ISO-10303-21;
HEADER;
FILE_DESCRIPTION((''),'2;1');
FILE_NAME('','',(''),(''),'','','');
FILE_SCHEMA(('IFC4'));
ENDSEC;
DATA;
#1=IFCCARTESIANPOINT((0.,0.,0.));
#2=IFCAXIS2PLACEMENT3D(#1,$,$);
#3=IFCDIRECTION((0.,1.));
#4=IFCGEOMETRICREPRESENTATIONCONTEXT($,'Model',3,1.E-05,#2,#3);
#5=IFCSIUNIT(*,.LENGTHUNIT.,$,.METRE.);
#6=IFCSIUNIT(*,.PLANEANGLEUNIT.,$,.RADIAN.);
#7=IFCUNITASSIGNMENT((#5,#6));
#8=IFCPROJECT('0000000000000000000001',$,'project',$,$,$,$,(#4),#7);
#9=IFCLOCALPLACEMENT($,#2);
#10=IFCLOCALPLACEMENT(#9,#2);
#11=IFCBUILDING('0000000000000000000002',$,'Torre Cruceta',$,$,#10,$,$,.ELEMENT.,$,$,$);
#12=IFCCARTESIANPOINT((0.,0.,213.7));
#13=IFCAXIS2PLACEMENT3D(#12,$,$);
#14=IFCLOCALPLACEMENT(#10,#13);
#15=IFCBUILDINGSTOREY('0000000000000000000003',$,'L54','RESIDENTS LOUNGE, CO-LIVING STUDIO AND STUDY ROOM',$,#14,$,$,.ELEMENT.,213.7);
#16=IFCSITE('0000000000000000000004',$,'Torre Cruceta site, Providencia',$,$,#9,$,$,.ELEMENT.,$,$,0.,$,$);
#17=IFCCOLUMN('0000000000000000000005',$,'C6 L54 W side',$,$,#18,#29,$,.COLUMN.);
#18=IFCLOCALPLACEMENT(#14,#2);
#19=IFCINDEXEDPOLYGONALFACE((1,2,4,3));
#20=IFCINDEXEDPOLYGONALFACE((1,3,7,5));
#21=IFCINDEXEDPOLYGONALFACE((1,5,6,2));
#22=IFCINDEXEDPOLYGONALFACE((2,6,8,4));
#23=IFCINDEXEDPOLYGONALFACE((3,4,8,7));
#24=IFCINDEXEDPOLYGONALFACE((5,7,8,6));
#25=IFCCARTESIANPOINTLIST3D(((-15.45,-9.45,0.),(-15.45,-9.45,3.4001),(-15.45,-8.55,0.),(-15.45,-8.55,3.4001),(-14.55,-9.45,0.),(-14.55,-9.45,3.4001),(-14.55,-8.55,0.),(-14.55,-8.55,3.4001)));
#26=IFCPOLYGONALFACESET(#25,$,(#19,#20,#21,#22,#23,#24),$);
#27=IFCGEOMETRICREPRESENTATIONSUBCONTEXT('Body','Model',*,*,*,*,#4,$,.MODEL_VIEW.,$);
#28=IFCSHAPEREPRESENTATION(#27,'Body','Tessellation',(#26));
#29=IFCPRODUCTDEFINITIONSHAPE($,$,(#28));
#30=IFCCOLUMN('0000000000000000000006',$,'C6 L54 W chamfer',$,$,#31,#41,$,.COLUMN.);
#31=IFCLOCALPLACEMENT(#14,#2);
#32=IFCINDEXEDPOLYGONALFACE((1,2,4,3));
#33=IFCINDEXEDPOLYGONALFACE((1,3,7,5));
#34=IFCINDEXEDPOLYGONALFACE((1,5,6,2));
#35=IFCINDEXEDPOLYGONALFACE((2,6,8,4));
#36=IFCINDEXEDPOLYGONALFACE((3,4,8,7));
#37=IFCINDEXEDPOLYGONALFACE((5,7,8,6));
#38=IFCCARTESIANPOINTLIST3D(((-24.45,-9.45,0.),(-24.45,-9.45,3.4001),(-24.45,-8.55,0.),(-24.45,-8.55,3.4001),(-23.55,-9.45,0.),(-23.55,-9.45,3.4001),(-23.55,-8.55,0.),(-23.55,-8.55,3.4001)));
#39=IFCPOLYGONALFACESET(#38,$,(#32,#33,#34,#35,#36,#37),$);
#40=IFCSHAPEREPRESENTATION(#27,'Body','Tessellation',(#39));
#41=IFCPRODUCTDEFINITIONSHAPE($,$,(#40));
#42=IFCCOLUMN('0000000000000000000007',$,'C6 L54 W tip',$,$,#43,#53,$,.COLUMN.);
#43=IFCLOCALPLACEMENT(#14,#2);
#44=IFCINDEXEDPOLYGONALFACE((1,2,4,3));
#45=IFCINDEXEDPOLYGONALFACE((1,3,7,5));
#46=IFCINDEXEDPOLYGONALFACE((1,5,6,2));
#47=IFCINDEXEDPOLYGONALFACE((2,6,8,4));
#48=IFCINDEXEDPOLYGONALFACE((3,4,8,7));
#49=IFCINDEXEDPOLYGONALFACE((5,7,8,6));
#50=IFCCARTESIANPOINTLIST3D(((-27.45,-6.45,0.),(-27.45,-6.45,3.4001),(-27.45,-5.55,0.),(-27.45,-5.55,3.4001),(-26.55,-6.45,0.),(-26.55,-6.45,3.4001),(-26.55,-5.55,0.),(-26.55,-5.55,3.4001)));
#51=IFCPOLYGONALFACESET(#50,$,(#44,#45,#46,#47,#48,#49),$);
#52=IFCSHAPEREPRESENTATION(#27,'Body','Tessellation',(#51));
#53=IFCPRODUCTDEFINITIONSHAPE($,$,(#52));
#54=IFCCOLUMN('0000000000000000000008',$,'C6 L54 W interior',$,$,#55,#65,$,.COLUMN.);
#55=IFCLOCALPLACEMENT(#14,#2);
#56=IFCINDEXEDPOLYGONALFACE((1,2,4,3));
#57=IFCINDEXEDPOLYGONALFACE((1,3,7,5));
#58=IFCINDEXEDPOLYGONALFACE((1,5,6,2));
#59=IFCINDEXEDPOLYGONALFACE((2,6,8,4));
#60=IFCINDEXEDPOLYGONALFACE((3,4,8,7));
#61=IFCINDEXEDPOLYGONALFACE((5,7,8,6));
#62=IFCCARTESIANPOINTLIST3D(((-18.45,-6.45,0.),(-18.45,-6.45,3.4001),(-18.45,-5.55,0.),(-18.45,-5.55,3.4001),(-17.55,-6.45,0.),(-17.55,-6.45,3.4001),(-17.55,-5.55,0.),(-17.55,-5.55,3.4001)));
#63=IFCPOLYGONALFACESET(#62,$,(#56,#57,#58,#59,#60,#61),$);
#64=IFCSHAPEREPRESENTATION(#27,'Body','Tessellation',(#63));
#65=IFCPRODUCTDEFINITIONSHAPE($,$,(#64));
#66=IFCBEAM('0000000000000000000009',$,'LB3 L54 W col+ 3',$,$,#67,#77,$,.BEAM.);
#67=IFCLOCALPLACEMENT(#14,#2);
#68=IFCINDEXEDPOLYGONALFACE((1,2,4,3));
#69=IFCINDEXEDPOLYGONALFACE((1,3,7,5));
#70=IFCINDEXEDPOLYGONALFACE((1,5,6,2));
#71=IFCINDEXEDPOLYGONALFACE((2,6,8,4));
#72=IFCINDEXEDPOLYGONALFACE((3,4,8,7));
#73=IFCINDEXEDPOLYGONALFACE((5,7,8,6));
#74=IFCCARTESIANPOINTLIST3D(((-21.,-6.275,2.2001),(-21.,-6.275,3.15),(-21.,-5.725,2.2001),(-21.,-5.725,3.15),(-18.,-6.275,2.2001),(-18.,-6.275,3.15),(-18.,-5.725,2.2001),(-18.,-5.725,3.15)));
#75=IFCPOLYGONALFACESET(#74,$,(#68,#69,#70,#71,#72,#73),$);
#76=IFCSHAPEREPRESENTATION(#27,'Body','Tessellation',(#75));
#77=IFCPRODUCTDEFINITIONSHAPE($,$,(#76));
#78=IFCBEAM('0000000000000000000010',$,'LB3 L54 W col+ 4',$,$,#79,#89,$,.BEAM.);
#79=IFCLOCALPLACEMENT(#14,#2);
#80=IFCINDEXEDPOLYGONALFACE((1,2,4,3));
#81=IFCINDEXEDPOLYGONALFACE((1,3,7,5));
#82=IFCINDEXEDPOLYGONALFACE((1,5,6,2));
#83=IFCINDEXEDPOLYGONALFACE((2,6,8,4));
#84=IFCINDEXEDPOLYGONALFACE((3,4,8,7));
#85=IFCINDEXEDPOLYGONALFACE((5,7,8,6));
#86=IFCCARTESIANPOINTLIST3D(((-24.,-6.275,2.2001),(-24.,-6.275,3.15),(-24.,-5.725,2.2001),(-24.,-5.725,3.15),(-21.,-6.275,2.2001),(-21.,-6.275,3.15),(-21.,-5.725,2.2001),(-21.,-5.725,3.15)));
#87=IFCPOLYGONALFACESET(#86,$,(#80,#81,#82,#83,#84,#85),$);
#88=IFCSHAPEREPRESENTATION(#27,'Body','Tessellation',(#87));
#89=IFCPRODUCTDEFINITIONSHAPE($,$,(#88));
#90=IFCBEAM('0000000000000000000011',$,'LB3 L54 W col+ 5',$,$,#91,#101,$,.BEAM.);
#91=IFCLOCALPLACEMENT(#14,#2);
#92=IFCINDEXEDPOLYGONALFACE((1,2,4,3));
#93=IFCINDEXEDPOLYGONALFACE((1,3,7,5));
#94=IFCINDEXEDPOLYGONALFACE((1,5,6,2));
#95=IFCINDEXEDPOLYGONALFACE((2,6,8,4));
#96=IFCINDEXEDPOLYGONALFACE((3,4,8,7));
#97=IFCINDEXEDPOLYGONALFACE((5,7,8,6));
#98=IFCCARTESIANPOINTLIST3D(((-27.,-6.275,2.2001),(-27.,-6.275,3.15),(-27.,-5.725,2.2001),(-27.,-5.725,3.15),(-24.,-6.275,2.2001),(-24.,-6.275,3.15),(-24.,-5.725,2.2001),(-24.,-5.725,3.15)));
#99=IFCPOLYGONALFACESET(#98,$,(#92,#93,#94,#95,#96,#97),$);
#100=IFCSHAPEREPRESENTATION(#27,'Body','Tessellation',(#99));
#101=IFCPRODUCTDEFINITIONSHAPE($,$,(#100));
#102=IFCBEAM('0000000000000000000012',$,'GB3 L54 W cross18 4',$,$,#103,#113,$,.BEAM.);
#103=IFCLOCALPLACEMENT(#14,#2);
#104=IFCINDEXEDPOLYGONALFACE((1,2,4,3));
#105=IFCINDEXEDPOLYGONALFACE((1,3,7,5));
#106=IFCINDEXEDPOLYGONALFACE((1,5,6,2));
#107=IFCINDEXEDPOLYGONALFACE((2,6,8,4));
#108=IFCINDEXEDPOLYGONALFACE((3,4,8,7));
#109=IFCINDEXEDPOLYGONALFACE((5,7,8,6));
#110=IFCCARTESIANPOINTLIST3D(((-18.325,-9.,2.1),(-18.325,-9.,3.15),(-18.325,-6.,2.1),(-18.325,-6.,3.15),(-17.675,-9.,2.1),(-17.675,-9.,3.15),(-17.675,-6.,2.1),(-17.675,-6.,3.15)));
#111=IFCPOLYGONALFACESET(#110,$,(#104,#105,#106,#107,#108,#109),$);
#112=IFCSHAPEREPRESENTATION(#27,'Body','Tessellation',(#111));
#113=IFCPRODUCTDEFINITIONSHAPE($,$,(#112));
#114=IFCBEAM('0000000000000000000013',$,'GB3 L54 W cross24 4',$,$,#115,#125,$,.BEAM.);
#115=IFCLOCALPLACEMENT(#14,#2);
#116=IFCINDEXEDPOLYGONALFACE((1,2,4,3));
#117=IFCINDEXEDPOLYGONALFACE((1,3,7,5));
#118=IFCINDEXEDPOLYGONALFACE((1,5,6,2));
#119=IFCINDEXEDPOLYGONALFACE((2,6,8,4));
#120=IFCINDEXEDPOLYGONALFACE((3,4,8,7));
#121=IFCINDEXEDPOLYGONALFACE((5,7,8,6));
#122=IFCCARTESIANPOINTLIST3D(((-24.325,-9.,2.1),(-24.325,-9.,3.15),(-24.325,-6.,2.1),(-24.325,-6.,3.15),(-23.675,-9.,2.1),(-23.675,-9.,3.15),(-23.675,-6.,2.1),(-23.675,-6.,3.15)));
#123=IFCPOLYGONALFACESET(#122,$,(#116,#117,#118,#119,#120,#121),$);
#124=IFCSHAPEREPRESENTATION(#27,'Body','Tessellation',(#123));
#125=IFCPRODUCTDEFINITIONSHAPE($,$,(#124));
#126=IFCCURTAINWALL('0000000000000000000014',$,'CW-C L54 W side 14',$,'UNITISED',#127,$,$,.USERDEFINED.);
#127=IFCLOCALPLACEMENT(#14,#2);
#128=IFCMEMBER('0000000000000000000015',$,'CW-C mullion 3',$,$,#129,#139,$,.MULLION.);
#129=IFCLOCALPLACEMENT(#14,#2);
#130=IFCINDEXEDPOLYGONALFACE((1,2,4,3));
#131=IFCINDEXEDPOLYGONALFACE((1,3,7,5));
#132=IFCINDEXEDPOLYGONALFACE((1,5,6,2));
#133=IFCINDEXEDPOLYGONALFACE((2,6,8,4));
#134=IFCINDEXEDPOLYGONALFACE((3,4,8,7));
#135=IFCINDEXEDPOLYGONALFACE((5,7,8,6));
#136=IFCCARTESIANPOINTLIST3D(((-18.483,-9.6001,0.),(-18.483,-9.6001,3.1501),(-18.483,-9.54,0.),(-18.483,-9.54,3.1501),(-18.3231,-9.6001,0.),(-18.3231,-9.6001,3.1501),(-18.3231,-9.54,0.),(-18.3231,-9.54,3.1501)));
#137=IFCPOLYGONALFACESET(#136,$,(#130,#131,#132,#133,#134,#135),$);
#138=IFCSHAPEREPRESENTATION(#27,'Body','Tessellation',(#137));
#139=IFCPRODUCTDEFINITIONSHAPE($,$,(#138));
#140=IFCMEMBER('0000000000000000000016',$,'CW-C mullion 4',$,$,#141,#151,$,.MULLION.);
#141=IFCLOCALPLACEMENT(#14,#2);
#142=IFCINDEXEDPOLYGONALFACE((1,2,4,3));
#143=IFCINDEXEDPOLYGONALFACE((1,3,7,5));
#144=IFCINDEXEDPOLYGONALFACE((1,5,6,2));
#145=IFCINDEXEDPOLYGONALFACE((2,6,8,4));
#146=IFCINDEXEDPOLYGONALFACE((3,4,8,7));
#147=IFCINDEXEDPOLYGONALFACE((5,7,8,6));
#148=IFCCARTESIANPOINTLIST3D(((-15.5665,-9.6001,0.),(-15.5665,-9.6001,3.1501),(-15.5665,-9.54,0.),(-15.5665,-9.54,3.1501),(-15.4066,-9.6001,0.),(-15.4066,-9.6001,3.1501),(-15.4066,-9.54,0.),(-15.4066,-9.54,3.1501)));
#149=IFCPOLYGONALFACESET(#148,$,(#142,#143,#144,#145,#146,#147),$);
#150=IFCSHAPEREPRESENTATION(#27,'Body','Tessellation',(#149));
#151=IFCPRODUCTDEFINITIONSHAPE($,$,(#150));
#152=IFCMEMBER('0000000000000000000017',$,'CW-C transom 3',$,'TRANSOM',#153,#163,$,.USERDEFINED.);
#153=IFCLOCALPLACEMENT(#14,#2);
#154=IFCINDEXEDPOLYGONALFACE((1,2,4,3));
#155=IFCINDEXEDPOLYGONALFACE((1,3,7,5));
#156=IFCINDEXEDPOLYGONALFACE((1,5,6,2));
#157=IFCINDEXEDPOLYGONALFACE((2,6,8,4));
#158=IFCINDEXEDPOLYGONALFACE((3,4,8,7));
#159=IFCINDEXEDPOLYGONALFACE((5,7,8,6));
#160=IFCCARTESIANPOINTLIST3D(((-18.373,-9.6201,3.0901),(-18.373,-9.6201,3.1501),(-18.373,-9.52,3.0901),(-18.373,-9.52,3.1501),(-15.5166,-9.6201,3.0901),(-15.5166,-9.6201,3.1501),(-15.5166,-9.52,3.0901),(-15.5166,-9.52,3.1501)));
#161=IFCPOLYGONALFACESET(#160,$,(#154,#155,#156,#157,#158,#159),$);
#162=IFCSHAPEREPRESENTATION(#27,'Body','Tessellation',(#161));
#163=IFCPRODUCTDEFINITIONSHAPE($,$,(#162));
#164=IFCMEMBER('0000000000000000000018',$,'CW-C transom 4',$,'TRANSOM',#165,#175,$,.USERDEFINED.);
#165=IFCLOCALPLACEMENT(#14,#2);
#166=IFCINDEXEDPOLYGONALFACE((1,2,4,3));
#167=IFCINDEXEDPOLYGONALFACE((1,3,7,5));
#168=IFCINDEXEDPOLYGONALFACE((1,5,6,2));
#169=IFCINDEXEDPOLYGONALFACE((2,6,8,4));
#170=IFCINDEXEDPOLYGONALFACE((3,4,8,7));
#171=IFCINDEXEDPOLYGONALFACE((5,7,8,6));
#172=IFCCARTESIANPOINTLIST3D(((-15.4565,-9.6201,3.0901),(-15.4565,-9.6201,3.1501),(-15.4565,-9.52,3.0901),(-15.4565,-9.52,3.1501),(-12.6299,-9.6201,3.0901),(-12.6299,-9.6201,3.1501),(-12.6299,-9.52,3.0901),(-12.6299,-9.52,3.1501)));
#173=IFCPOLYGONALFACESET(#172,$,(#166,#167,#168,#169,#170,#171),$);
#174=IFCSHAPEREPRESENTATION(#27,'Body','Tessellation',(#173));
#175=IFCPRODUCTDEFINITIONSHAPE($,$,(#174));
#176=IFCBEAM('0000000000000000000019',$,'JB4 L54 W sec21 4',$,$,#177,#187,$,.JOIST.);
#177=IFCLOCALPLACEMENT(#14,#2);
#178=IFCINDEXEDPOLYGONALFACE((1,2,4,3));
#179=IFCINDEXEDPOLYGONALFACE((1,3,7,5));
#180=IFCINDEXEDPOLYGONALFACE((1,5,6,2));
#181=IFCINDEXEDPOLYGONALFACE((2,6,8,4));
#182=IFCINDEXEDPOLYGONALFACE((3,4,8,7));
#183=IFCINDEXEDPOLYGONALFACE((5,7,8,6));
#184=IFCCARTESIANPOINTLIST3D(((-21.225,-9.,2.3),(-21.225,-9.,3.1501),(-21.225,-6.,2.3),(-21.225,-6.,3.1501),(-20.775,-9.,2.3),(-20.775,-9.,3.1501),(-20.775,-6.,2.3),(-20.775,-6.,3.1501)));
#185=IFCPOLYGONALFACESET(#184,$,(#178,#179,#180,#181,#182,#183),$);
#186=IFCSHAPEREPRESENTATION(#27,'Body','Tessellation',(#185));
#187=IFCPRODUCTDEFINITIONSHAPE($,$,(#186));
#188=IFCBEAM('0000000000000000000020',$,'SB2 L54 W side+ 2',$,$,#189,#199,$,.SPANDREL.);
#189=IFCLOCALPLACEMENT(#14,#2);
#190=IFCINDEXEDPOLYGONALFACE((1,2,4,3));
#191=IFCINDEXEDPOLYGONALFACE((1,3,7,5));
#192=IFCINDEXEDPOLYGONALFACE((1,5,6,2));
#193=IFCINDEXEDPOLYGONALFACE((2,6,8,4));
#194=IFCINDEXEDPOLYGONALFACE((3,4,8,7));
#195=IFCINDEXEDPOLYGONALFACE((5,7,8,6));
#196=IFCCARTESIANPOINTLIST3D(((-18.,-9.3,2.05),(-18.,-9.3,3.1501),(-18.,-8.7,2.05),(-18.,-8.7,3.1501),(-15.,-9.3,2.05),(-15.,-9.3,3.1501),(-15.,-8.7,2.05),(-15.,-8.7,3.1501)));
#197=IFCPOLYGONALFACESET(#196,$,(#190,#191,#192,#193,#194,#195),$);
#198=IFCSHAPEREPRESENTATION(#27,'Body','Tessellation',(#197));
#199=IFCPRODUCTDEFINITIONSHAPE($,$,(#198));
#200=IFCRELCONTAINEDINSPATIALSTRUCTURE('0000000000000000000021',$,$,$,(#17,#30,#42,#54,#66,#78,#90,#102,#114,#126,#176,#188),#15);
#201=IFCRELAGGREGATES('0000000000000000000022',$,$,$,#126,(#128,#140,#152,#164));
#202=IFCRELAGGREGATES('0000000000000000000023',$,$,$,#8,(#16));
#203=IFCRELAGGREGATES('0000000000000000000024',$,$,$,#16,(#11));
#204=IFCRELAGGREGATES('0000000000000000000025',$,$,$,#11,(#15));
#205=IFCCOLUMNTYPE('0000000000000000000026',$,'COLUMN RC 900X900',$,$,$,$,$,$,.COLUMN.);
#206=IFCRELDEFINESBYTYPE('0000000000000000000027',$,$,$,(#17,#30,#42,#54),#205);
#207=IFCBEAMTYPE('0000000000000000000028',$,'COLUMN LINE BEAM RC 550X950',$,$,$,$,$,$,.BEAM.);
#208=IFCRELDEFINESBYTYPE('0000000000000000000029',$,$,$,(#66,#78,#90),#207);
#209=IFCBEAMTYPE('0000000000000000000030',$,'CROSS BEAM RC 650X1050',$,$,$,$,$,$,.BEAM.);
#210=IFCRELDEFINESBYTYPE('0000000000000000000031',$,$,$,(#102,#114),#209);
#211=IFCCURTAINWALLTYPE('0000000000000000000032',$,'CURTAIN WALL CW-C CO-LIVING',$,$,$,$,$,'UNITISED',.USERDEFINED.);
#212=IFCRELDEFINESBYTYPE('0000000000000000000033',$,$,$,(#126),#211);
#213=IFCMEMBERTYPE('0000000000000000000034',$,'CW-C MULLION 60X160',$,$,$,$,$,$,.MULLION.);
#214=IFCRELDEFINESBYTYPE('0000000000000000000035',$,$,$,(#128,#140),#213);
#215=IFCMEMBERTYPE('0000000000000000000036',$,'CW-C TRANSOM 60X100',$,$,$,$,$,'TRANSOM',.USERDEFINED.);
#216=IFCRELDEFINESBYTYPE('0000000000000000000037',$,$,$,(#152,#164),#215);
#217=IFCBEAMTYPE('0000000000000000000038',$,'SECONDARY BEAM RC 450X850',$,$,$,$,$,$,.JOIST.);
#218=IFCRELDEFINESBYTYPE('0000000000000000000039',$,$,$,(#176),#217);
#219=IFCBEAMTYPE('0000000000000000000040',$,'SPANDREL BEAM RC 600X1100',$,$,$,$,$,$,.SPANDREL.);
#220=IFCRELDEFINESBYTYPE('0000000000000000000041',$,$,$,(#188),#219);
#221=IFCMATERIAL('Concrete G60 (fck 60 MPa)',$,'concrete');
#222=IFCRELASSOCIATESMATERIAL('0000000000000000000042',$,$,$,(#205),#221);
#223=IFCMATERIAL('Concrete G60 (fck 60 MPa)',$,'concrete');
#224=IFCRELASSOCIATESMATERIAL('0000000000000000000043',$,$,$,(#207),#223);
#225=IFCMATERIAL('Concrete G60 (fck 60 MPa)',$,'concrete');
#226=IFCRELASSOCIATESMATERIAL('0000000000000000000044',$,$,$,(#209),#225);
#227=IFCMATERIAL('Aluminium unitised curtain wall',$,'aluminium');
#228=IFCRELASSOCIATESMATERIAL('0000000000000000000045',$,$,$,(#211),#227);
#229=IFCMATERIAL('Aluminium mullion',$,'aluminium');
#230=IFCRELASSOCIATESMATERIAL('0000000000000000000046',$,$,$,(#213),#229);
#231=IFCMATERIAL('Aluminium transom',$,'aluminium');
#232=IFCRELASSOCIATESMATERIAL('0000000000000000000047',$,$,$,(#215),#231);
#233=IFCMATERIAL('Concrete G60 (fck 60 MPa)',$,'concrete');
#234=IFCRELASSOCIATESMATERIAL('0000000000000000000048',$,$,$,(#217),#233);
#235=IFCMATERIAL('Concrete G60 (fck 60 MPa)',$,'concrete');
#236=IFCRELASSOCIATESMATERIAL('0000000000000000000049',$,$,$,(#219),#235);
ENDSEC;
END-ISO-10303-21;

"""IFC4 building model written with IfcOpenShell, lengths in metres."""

from ifc_helpers import new_model, si_unit, direction, frame, origin, origin_2d, place, context, subcontext, project, spatial, rectangle, extrude, material, material_profile, profile_set, type_object, element, aggregate, save


model = new_model("IFC4")

# Units and contexts
model_context = context("Model", 3, precision=1e-05, world=origin(), true_north=direction((0.0, 1.0)))
body_context = subcontext(model_context, "Body", "Model", "MODEL_VIEW")
ifc_project = project(units=[si_unit("LENGTHUNIT", "METRE"), si_unit("PLANEANGLEUNIT", "RADIAN")], contexts=[model_context])

# Site, building, storey
site_placement = place(None, origin())
site = spatial("IfcSite", under=ifc_project, at=site_placement, Name="Torre Cruceta site, Providencia", CompositionType="ELEMENT", RefElevation=0.0)
building_placement = place(site_placement, origin())
building = spatial("IfcBuilding", under=site, at=building_placement, Name="Torre Cruceta", CompositionType="ELEMENT")
storey_placement = place(building_placement, frame((0.0, 0.0, 213.7)))
storey = spatial("IfcBuildingStorey", under=building, at=storey_placement, Name="L54", Description="RESIDENTS LOUNGE, CO-LIVING STUDIO AND STUDY ROOM", CompositionType="ELEMENT", Elevation=213.7)

# Columns
ifc_material_1 = material(Name="Concrete G60 (fck 60 MPa)", Category="concrete")
ifc_material_profile_1 = material_profile(ifc_material_1, rectangle(XDim=0.8999, YDim=0.8999, at=origin_2d()), Name="RC 900X900")
ifc_profile_set_1 = profile_set([ifc_material_profile_1], Name="Concrete G60 (fck 60 MPa)")
column_type = type_object("IfcColumnType", Name="COLUMN RC 900X900", PredefinedType="COLUMN", material=ifc_profile_set_1)
for number, where, z_axis, x_axis, name in (
    (1, (-15.0, -9.0, 0.0), (0.0, 0.0, 1.0), (1.0, 0.0, 0.0), "C6 L54 W side"),
    (2, (-24.0, -9.0, 0.0), (0.0, 0.0, 1.0), (1.0, 0.0, 0.0), "C6 L54 W chamfer"),
    (3, (-27.0, -6.0, 0.0), (0.0, 0.0, 1.0), (1.0, 0.0, 0.0), "C6 L54 W tip"),
    (4, (-18.0, -6.0, 0.0), (0.0, 0.0, 1.0), (1.0, 0.0, 0.0), "C6 L54 W interior"),
):
    element("IfcColumn", number, at=place(storey_placement, frame(where, z_axis=z_axis, x_axis=x_axis)), inside=storey, type_object=column_type, Name=name, PredefinedType="COLUMN", context=body_context, shape_type="SweptSolid", body=[
        extrude(rectangle(XDim=0.8999, YDim=0.8999, at=origin_2d()), origin(), (0.0, 0.0, 1.0), 3.4001),
    ])

# Beams
ifc_material_2 = material(Name="Concrete G60 (fck 60 MPa)", Category="concrete")
ifc_material_profile_2 = material_profile(ifc_material_2, rectangle(XDim=0.55, YDim=0.95, at=origin_2d()), Name="RC 550X950")
ifc_profile_set_2 = profile_set([ifc_material_profile_2], Name="Concrete G60 (fck 60 MPa)")
beam_type_1 = type_object("IfcBeamType", Name="COLUMN LINE BEAM RC 550X950", PredefinedType="BEAM", material=ifc_profile_set_2)
for number, where, z_axis, x_axis, name in (
    (5, (-18.0, -6.0, 2.675), (-1.0, 0.0, 0.0), (0.0, -1.0, 0.0), "LB3 L54 W col+ 3"),
    (6, (-21.0, -6.0, 2.675), (-1.0, 0.0, 0.0), (0.0, -1.0, 0.0), "LB3 L54 W col+ 4"),
    (7, (-24.0, -6.0, 2.675), (-1.0, 0.0, 0.0), (0.0, -1.0, 0.0), "LB3 L54 W col+ 5"),
):
    element("IfcBeam", number, at=place(storey_placement, frame(where, z_axis=z_axis, x_axis=x_axis)), inside=storey, type_object=beam_type_1, Name=name, PredefinedType="BEAM", context=body_context, shape_type="SweptSolid", body=[
        extrude(rectangle(XDim=0.55, YDim=0.95, at=origin_2d()), origin(), (0.0, 0.0, 1.0), 3.0),
    ])
ifc_material_3 = material(Name="Concrete G60 (fck 60 MPa)", Category="concrete")
ifc_material_profile_3 = material_profile(ifc_material_3, rectangle(XDim=0.6499, YDim=1.05, at=origin_2d()), Name="RC 650X1050")
ifc_profile_set_3 = profile_set([ifc_material_profile_3], Name="Concrete G60 (fck 60 MPa)")
beam_type_2 = type_object("IfcBeamType", Name="CROSS BEAM RC 650X1050", PredefinedType="BEAM", material=ifc_profile_set_3)
for number, where, z_axis, x_axis, name in (
    (8, (-18.0, -6.0, 2.625), (0.0, -1.0, 0.0), (1.0, 0.0, 0.0), "GB3 L54 W cross18 4"),
    (9, (-24.0, -6.0, 2.625), (0.0, -1.0, 0.0), (1.0, 0.0, 0.0), "GB3 L54 W cross24 4"),
):
    element("IfcBeam", number, at=place(storey_placement, frame(where, z_axis=z_axis, x_axis=x_axis)), inside=storey, type_object=beam_type_2, Name=name, PredefinedType="BEAM", context=body_context, shape_type="SweptSolid", body=[
        extrude(rectangle(XDim=0.6499, YDim=1.05, at=origin_2d()), origin(), (0.0, 0.0, 1.0), 3.0),
    ])

# Curtain wall, members
ifc_material_4 = material(Name="Aluminium unitised curtain wall", Category="aluminium")
curtain_wall_type = type_object("IfcCurtainWallType", Name="CURTAIN WALL CW-C CO-LIVING", ElementType="UNITISED", PredefinedType="USERDEFINED", material=ifc_material_4)
curtain_wall_placement = place(storey_placement, origin())
curtain_wall = element("IfcCurtainWall", 10, at=curtain_wall_placement, inside=storey, type_object=curtain_wall_type, Name="CW-C L54 W side 14", ObjectType="UNITISED", PredefinedType="USERDEFINED")
ifc_material_5 = material(Name="Aluminium mullion", Category="aluminium")
ifc_material_profile_4 = material_profile(ifc_material_5, rectangle(XDim=0.0601, YDim=0.1599, at=origin_2d()), Name="AL 60X160")
ifc_profile_set_4 = profile_set([ifc_material_profile_4], Name="Aluminium mullion")
member_type_1 = type_object("IfcMemberType", Name="CW-C MULLION 60X160", PredefinedType="MULLION", material=ifc_profile_set_4)
member_1_placement = place(storey_placement, frame((-18.4031, -9.5701, 0.0), z_axis=(0.0, 0.0, 1.0), x_axis=(0.0, 1.0, 0.0)))
member_1 = element("IfcMember", 11, at=member_1_placement, type_object=member_type_1, Name="CW-C mullion 3", PredefinedType="MULLION", context=body_context, shape_type="SweptSolid", body=[
    extrude(rectangle(XDim=0.0601, YDim=0.1599, at=origin_2d()), origin(), (0.0, 0.0, 1.0), 3.1501),
])
member_2_placement = place(storey_placement, frame((-15.4866, -9.5701, 0.0), z_axis=(0.0, 0.0, 1.0), x_axis=(0.0, 1.0, 0.0)))
member_2 = element("IfcMember", 12, at=member_2_placement, type_object=member_type_1, Name="CW-C mullion 4", PredefinedType="MULLION", context=body_context, shape_type="SweptSolid", body=[
    extrude(rectangle(XDim=0.0601, YDim=0.1599, at=origin_2d()), origin(), (0.0, 0.0, 1.0), 3.1501),
])
ifc_material_6 = material(Name="Aluminium transom", Category="aluminium")
ifc_material_profile_5 = material_profile(ifc_material_6, rectangle(XDim=0.1001, YDim=0.0601, at=origin_2d()), Name="AL 100X60")
ifc_profile_set_5 = profile_set([ifc_material_profile_5], Name="Aluminium transom")
member_type_2 = type_object("IfcMemberType", Name="CW-C TRANSOM 60X100", ElementType="TRANSOM", PredefinedType="USERDEFINED", material=ifc_profile_set_5)
member_3_placement = place(storey_placement, frame((-18.373, -9.5701, 3.1201), z_axis=(1.0, 0.0, 0.0), x_axis=(0.0, 1.0, 0.0)))
member_3 = element("IfcMember", 13, at=member_3_placement, type_object=member_type_2, Name="CW-C transom 3", ObjectType="TRANSOM", PredefinedType="USERDEFINED", context=body_context, shape_type="SweptSolid", body=[
    extrude(rectangle(XDim=0.1001, YDim=0.0601, at=origin_2d()), origin(), (0.0, 0.0, 1.0), 2.8564),
])
member_4_placement = place(storey_placement, frame((-15.4565, -9.5701, 3.1201), z_axis=(1.0, 0.0, 0.0), x_axis=(0.0, 1.0, 0.0)))
member_4 = element("IfcMember", 14, at=member_4_placement, type_object=member_type_2, Name="CW-C transom 4", ObjectType="TRANSOM", PredefinedType="USERDEFINED", context=body_context, shape_type="SweptSolid", body=[
    extrude(rectangle(XDim=0.1001, YDim=0.0601, at=origin_2d()), origin(), (0.0, 0.0, 1.0), 2.8267),
])

# Beams
ifc_material_7 = material(Name="Concrete G60 (fck 60 MPa)", Category="concrete")
ifc_material_profile_6 = material_profile(ifc_material_7, rectangle(XDim=0.45, YDim=0.8501, at=origin_2d()), Name="RC 450X850")
ifc_profile_set_6 = profile_set([ifc_material_profile_6], Name="Concrete G60 (fck 60 MPa)")
beam_type_3 = type_object("IfcBeamType", Name="SECONDARY BEAM RC 450X850", PredefinedType="JOIST", material=ifc_profile_set_6)
beam_1_placement = place(storey_placement, frame((-21.0, -6.0, 2.7251), z_axis=(0.0, -1.0, 0.0), x_axis=(1.0, 0.0, 0.0)))
element("IfcBeam", 15, at=beam_1_placement, inside=storey, type_object=beam_type_3, Name="JB4 L54 W sec21 4", PredefinedType="JOIST", context=body_context, shape_type="SweptSolid", body=[
    extrude(rectangle(XDim=0.45, YDim=0.8501, at=origin_2d()), origin(), (0.0, 0.0, 1.0), 3.0),
])
ifc_material_8 = material(Name="Concrete G60 (fck 60 MPa)", Category="concrete")
ifc_material_profile_7 = material_profile(ifc_material_8, rectangle(XDim=0.6001, YDim=1.1001, at=origin_2d()), Name="RC 600X1100")
ifc_profile_set_7 = profile_set([ifc_material_profile_7], Name="Concrete G60 (fck 60 MPa)")
beam_type_4 = type_object("IfcBeamType", Name="SPANDREL BEAM RC 600X1100", PredefinedType="SPANDREL", material=ifc_profile_set_7)
for number, where, z_axis, x_axis, name in (
    (16, (-15.0, -9.0, 2.6001), (-1.0, 0.0, 0.0), (0.0, -1.0, 0.0), "SB2 L54 W side+ 2"),
):
    element("IfcBeam", number, at=place(storey_placement, frame(where, z_axis=z_axis, x_axis=x_axis)), inside=storey, type_object=beam_type_4, Name=name, PredefinedType="SPANDREL", context=body_context, shape_type="SweptSolid", body=[
        extrude(rectangle(XDim=0.6001, YDim=1.1001, at=origin_2d()), origin(), (0.0, 0.0, 1.0), 3.0),
    ])

aggregate(curtain_wall, [member_1, member_2, member_3, member_4])

save(model, "model.ifc")
